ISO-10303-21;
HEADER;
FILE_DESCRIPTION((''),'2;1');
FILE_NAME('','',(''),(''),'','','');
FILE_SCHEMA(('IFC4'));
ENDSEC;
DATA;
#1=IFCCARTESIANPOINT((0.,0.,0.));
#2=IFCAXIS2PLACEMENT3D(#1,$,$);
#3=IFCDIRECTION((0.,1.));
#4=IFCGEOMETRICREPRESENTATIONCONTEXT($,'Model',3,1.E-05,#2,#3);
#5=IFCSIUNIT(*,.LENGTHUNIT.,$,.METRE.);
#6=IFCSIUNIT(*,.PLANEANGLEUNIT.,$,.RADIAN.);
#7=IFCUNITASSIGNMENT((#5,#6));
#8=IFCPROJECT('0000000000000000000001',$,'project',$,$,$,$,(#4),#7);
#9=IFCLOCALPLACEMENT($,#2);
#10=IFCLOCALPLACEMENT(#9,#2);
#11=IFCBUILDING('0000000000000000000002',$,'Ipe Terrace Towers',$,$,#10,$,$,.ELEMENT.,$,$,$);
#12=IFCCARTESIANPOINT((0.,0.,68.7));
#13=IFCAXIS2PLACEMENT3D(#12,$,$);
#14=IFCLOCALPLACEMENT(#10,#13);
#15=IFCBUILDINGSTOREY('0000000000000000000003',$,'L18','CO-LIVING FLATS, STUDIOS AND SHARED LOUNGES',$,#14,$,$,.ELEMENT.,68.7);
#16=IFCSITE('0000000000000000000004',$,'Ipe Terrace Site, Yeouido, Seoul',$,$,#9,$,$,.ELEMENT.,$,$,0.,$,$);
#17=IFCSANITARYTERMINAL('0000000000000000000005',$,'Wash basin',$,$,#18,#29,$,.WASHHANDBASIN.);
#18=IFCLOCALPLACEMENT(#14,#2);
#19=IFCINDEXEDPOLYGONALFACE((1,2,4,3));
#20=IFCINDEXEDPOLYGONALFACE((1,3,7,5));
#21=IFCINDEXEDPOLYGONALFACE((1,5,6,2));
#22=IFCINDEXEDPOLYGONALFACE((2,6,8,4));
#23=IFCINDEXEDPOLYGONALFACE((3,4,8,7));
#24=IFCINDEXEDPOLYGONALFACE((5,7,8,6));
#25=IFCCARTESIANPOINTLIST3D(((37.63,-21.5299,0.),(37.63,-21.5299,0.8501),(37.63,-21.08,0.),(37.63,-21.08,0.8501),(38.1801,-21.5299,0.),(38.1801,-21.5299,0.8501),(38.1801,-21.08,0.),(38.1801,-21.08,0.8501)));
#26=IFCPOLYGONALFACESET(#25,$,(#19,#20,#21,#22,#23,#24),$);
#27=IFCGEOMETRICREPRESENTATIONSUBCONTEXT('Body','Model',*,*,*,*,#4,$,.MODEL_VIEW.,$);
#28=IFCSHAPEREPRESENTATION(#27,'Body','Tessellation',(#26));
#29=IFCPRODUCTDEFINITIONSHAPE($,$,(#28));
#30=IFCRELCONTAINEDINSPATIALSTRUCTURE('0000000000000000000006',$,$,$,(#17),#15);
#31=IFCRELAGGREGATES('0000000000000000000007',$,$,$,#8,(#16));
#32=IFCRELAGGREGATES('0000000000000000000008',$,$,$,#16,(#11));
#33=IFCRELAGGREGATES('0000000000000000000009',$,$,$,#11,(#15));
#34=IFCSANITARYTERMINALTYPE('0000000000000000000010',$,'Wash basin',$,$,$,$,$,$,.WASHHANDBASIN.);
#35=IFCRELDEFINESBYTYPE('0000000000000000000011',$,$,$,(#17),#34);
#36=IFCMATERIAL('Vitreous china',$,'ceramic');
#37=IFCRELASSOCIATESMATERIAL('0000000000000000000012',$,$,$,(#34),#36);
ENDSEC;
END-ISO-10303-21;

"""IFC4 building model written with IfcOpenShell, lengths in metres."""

from ifc_helpers import new_model, si_unit, direction, frame, origin, origin_2d, place, context, subcontext, project, spatial, rectangle, extrude, material, type_object, element, save


model = new_model("IFC4")

# Units and contexts
model_context = context("Model", 3, precision=1e-05, world=origin(), true_north=direction((0.0, 1.0)))
body_context = subcontext(model_context, "Body", "Model", "MODEL_VIEW")
ifc_project = project(units=[si_unit("LENGTHUNIT", "METRE"), si_unit("PLANEANGLEUNIT", "RADIAN")], contexts=[model_context])

# Site, building, storey
site_placement = place(None, origin())
site = spatial("IfcSite", under=ifc_project, at=site_placement, Name="Ipe Terrace Site, Yeouido, Seoul", CompositionType="ELEMENT", RefElevation=0.0)
building_placement = place(site_placement, origin())
building = spatial("IfcBuilding", under=site, at=building_placement, Name="Ipe Terrace Towers", CompositionType="ELEMENT")
storey_placement = place(building_placement, frame((0.0, 0.0, 68.7)))
storey = spatial("IfcBuildingStorey", under=building, at=storey_placement, Name="L18", Description="CO-LIVING FLATS, STUDIOS AND SHARED LOUNGES", CompositionType="ELEMENT", Elevation=68.7)

# Sanitary terminal
ifc_material_1 = material(Name="Vitreous china", Category="ceramic")
sanitary_terminal_type_1 = type_object("IfcSanitaryTerminalType", Name="Wash basin", PredefinedType="WASHHANDBASIN", material=ifc_material_1)
sanitary_terminal_1_placement = place(storey_placement, frame((37.905, -21.3049, 0.0), z_axis=(0.0, 0.0, 1.0), x_axis=(-1.0, 0.0, 0.0)))
element("IfcSanitaryTerminal", 1, at=sanitary_terminal_1_placement, inside=storey, type_object=sanitary_terminal_type_1, Name="Wash basin", PredefinedType="WASHHANDBASIN", context=body_context, shape_type="SweptSolid", body=[
    extrude(rectangle(XDim=0.55, YDim=0.45, at=origin_2d()), origin(), (0.0, 0.0, 1.0), 0.8501),
])

save(model, "model.ifc")
